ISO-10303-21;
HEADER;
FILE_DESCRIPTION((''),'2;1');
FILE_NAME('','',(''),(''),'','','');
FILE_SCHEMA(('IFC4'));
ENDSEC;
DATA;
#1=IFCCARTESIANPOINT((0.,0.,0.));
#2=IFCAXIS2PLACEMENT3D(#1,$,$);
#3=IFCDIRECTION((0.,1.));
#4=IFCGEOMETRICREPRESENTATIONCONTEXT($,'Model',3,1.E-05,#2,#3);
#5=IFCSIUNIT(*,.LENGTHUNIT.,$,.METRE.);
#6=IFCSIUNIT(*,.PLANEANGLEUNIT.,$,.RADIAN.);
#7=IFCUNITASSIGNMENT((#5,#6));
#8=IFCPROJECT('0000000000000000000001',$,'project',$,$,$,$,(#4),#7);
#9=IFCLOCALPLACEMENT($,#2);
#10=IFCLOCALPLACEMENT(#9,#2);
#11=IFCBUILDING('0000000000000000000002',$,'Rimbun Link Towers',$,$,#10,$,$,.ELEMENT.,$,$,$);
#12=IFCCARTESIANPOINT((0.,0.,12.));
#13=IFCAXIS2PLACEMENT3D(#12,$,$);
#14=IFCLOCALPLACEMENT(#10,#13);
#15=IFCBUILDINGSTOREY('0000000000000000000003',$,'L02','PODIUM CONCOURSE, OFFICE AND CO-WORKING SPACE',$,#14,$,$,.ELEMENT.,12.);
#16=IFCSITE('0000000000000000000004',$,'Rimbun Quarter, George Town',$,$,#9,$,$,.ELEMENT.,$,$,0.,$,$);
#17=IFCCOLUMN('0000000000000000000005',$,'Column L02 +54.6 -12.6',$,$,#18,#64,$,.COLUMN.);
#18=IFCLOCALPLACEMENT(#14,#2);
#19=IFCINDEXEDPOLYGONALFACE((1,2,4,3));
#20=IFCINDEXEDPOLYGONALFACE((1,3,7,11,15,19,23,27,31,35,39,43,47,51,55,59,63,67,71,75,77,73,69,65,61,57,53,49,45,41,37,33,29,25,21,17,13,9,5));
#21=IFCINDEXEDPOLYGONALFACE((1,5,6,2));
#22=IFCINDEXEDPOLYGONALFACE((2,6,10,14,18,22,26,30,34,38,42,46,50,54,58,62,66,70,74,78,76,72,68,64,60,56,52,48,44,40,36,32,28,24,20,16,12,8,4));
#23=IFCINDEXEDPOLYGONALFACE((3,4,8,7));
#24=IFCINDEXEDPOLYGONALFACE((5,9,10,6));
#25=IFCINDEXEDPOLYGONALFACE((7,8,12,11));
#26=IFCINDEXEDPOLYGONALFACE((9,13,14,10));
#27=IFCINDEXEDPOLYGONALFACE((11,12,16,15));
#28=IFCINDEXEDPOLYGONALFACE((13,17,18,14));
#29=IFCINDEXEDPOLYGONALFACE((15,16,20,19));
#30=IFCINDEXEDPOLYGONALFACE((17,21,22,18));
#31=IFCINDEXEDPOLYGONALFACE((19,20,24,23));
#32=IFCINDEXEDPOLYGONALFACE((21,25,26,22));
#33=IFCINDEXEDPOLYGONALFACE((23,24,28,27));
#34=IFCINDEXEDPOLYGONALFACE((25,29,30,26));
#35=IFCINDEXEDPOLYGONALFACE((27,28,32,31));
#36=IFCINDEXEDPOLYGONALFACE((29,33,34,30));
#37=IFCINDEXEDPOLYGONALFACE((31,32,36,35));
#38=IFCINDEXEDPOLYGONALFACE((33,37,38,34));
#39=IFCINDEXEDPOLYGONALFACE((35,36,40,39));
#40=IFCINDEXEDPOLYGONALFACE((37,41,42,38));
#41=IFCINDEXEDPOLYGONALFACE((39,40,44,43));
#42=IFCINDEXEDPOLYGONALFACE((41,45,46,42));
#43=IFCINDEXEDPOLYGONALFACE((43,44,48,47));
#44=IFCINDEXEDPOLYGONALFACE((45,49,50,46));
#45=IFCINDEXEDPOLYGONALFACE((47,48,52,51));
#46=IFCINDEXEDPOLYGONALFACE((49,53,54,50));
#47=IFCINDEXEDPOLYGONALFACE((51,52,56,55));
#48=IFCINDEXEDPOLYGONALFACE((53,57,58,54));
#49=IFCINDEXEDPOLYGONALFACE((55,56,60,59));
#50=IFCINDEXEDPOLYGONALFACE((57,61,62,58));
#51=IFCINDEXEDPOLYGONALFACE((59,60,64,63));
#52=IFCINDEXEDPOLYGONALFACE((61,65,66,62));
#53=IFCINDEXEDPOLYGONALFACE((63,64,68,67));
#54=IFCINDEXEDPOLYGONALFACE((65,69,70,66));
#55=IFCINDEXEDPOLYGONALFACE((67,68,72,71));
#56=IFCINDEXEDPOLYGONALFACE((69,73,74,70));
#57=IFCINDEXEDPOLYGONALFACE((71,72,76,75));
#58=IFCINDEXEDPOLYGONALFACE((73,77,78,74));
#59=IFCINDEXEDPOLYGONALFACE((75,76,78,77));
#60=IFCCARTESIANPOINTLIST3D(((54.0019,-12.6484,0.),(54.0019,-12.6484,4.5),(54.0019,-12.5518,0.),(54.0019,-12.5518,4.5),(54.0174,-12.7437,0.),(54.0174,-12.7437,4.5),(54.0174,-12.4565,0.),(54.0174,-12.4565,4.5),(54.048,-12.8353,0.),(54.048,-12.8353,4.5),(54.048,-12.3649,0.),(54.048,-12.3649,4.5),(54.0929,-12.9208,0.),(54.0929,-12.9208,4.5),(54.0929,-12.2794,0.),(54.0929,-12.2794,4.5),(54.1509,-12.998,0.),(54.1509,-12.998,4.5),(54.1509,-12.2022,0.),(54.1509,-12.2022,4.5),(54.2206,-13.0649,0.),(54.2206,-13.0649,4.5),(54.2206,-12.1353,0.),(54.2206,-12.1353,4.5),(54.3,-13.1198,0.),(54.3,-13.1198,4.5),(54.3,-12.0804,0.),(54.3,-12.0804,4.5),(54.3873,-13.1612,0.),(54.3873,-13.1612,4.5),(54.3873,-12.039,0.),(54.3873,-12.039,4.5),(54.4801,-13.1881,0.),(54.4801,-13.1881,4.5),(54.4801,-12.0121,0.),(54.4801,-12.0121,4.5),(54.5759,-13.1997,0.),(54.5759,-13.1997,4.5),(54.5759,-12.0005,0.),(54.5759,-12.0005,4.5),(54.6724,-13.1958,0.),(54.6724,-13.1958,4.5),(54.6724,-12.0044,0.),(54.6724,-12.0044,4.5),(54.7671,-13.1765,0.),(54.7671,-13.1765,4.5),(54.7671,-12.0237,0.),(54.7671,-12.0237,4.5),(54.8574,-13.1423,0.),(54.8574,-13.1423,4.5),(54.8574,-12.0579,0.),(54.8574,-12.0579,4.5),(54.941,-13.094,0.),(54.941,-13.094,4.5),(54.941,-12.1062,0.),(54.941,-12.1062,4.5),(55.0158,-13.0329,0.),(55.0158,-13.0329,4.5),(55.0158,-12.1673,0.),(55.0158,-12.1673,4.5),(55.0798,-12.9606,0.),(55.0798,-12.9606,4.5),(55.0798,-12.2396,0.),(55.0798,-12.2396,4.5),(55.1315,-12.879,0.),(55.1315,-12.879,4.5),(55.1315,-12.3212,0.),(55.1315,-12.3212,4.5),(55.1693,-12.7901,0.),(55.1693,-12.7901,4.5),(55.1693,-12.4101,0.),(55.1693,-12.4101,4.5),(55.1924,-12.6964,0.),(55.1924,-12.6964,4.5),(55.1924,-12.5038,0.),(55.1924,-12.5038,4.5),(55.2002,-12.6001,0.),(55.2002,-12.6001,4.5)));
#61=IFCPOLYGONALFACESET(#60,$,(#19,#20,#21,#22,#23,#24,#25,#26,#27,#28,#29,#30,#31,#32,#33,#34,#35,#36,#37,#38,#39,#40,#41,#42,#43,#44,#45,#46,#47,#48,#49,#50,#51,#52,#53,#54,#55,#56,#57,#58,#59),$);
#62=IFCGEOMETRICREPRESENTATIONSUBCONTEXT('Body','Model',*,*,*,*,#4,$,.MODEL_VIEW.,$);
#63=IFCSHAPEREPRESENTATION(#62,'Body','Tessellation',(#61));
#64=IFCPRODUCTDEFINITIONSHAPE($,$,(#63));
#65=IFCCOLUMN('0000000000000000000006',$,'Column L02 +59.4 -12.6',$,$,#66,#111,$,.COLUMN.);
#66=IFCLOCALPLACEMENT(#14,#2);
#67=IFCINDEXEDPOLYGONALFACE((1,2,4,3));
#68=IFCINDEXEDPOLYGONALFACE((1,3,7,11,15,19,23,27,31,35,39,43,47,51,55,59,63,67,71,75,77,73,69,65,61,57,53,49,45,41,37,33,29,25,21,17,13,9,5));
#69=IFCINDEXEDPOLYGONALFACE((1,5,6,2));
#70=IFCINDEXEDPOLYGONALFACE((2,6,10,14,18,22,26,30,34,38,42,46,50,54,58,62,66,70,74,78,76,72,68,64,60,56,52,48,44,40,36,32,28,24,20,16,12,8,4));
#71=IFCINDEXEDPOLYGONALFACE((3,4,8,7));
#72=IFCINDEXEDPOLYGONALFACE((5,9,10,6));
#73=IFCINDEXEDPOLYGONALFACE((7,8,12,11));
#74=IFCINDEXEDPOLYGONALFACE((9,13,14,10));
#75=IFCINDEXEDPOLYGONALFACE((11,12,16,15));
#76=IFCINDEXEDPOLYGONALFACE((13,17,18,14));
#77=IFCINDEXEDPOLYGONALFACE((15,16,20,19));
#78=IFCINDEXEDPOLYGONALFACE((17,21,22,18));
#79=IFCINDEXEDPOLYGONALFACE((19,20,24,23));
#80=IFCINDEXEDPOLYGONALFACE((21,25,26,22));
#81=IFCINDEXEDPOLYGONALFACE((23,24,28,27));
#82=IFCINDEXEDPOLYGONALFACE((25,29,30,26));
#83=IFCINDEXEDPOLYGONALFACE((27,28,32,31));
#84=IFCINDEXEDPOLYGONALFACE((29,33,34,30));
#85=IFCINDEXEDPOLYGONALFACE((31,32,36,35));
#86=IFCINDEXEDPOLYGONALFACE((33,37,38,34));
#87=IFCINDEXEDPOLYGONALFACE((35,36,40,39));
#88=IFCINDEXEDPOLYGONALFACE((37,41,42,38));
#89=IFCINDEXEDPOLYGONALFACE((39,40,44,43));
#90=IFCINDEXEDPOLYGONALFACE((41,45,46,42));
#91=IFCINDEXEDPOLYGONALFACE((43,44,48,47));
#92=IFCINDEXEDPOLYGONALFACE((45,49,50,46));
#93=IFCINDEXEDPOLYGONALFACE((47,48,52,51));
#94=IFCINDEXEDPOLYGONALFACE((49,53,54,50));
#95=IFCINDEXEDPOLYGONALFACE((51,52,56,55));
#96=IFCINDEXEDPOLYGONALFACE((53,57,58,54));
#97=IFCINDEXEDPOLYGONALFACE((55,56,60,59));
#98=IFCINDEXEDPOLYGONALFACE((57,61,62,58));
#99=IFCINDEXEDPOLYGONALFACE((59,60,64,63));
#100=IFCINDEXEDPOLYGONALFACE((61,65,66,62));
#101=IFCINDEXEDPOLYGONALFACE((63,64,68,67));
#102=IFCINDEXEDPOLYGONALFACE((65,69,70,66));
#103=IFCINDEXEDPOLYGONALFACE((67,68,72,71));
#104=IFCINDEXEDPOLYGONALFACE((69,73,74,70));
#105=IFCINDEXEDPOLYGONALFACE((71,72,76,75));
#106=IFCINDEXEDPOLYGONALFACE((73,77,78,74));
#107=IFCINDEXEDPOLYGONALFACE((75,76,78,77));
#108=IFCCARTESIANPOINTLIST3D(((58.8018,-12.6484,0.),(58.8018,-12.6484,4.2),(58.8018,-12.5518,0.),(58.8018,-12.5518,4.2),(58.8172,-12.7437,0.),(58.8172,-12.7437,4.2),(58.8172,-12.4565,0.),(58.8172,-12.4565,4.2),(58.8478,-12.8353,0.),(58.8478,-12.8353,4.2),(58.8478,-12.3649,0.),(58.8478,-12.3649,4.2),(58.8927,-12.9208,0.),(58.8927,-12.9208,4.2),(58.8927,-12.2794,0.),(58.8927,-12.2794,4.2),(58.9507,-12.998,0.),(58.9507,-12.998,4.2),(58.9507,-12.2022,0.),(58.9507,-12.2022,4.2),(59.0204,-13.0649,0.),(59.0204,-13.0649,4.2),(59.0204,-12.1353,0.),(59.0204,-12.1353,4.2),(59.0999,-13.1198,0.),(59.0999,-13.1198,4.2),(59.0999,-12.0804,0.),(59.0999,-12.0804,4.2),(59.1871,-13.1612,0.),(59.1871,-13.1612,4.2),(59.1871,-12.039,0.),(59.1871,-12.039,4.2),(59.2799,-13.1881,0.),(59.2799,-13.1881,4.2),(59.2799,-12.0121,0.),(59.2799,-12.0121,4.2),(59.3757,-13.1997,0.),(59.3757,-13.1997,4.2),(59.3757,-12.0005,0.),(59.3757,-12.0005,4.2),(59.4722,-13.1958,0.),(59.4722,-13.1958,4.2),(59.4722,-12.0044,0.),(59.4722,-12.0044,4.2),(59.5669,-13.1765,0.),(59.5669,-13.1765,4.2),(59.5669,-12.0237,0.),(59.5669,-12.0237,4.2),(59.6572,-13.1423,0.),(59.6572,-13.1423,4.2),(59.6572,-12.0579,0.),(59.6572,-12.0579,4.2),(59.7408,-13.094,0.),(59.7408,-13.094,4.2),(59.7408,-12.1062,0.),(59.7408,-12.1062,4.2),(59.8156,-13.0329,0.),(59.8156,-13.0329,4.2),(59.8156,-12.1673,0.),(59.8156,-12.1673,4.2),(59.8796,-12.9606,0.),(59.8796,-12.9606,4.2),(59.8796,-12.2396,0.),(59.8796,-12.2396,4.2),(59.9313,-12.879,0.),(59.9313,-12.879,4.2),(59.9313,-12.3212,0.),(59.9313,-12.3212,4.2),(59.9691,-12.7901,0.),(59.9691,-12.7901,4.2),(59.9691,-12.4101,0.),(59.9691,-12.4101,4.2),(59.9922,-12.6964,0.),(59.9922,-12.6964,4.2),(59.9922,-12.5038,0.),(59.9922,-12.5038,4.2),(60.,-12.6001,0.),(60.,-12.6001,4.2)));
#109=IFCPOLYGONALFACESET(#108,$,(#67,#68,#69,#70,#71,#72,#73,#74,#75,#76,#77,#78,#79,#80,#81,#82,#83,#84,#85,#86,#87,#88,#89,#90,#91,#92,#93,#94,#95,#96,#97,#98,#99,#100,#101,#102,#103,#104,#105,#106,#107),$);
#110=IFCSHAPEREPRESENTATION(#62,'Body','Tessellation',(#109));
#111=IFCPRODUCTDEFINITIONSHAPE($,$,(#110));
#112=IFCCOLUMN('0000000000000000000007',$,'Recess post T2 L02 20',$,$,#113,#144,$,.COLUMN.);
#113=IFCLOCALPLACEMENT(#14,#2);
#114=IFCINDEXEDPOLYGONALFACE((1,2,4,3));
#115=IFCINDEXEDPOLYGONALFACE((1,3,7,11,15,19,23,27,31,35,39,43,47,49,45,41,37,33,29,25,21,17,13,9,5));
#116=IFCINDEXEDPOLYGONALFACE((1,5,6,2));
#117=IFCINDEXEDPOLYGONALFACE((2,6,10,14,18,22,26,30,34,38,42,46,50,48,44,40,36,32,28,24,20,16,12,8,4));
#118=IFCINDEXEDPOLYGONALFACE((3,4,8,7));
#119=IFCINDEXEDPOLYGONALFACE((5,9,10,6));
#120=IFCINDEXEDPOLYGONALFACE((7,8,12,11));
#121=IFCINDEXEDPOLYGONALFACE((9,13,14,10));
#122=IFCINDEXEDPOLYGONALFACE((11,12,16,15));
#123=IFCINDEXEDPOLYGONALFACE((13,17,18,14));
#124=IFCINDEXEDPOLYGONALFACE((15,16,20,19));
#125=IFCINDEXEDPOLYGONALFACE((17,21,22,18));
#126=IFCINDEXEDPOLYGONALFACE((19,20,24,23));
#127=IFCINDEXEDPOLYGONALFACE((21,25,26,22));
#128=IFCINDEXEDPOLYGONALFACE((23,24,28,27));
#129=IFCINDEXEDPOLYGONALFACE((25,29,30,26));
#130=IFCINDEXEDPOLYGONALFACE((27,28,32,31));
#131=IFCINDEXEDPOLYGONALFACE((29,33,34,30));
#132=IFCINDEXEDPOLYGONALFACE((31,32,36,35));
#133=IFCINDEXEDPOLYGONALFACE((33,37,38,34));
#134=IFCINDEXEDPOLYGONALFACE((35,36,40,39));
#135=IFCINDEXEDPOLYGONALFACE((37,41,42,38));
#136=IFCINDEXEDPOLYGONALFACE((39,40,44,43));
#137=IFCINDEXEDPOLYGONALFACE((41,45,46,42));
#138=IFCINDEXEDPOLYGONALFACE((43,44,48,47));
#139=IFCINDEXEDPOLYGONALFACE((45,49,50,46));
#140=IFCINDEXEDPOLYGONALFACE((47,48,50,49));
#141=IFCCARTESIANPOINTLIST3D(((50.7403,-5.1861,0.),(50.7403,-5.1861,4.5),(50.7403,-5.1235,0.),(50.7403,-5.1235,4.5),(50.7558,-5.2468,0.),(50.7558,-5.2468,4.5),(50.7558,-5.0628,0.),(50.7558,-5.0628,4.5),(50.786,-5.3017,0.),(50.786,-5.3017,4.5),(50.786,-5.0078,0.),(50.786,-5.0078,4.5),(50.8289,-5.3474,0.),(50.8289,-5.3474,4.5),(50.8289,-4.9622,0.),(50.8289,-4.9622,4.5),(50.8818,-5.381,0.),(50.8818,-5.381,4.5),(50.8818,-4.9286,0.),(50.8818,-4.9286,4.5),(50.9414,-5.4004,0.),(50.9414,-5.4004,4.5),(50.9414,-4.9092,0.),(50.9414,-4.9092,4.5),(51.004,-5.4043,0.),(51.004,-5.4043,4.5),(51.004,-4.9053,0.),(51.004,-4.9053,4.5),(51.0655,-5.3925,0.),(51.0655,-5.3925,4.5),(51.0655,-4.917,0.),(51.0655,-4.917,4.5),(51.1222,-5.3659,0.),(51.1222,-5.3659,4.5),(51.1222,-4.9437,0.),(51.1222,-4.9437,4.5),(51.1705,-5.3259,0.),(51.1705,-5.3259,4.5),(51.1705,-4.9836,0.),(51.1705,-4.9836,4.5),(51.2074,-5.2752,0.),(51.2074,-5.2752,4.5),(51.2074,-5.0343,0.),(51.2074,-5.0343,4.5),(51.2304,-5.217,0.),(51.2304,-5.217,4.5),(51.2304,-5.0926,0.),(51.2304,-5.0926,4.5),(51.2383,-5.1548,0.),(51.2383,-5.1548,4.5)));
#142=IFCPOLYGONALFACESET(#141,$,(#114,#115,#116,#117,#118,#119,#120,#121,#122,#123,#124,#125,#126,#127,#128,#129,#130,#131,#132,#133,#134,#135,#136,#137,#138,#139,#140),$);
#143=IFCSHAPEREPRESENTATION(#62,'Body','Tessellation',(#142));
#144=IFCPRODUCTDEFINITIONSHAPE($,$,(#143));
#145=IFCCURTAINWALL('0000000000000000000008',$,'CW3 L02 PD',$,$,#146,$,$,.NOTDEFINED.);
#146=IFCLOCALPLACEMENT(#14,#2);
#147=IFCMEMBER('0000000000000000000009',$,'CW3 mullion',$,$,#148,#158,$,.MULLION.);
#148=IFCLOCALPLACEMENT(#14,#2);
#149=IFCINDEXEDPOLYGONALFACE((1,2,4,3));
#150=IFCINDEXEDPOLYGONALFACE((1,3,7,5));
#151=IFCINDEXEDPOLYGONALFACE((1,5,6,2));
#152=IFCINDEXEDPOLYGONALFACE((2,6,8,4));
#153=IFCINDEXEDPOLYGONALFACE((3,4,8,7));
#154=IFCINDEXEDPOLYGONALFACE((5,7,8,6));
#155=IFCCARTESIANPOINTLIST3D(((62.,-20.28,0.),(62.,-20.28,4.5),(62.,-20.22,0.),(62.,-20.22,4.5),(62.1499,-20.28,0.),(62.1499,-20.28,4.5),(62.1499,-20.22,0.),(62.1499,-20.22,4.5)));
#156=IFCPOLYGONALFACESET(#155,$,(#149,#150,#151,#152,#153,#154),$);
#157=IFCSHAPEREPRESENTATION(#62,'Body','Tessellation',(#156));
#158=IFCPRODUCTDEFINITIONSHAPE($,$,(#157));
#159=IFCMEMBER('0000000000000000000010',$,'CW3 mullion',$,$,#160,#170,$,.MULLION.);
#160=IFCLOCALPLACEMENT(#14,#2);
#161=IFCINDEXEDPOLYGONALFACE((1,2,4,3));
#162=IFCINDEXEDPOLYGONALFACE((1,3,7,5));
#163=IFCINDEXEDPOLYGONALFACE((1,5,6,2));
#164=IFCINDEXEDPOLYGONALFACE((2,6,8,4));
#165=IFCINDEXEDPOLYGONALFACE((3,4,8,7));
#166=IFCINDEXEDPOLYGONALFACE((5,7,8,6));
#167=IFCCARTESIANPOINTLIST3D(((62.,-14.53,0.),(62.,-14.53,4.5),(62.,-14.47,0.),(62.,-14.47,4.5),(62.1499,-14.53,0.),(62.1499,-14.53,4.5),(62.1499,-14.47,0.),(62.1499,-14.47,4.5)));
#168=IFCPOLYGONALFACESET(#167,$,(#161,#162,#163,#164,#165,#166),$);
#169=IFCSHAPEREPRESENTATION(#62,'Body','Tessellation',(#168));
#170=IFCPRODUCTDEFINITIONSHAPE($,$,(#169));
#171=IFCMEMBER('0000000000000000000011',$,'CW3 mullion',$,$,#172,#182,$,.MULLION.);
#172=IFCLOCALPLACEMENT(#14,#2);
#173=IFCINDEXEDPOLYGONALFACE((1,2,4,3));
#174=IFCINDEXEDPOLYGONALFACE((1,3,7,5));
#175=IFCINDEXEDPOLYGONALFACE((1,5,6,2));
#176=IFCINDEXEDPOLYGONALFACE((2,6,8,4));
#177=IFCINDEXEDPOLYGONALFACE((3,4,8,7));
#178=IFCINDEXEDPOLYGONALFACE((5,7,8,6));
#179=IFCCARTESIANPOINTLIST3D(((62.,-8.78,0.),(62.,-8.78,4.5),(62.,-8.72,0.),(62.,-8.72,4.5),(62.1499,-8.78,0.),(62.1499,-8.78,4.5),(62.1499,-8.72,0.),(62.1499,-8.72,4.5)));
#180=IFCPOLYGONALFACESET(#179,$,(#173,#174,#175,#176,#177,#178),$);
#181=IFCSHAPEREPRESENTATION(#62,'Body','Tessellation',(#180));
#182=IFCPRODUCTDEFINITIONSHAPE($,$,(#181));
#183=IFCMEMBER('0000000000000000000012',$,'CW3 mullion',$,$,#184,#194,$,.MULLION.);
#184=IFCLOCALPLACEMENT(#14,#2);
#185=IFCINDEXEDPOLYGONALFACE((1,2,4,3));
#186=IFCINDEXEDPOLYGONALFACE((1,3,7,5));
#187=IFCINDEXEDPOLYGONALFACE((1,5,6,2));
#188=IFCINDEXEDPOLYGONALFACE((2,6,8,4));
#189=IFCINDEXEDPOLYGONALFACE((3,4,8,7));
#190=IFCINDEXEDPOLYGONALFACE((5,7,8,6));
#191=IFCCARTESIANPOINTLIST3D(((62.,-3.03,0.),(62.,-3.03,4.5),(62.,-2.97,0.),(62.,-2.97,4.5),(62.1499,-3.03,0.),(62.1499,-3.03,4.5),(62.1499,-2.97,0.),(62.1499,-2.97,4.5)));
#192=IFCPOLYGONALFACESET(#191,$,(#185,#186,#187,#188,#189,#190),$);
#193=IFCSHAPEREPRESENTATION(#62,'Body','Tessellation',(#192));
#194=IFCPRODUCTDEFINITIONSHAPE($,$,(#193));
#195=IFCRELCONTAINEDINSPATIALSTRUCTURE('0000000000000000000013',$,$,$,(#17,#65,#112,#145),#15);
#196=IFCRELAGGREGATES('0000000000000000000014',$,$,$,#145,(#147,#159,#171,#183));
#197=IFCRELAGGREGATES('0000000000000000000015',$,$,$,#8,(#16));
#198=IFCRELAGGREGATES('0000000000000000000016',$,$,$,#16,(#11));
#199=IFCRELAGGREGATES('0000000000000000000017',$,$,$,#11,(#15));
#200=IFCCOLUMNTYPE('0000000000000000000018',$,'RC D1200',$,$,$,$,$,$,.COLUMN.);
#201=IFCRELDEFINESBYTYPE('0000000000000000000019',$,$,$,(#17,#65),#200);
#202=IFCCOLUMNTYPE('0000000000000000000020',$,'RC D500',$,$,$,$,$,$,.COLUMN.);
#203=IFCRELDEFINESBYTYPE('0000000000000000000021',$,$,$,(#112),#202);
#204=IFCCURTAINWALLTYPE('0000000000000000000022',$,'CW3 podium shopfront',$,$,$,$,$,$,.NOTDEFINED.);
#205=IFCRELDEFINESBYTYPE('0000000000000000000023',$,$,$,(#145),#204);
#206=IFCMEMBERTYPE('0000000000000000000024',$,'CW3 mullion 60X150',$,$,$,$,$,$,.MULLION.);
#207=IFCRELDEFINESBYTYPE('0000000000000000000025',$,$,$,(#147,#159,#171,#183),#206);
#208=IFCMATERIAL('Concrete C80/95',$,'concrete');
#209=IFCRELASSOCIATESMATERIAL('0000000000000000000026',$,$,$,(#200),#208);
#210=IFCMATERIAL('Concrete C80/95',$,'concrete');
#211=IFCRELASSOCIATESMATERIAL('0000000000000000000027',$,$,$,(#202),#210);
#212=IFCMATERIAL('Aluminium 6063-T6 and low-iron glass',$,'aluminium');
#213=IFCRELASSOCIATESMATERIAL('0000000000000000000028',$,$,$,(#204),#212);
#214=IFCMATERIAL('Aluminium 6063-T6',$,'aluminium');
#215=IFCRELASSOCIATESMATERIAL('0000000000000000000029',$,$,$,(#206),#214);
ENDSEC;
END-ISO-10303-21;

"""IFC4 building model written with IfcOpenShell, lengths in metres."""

from ifc_helpers import new_model, si_unit, direction, frame, origin, origin_2d, place, context, subcontext, project, spatial, rectangle, circle, extrude, material, material_profile, profile_set, type_object, element, aggregate, save


model = new_model("IFC4")

# Units and contexts
model_context = context("Model", 3, precision=1e-05, world=origin(), true_north=direction((0.0, 1.0)))
body_context = subcontext(model_context, "Body", "Model", "MODEL_VIEW")
ifc_project = project(units=[si_unit("LENGTHUNIT", "METRE"), si_unit("PLANEANGLEUNIT", "RADIAN")], contexts=[model_context])

# Site, building, storey
site_placement = place(None, origin())
site = spatial("IfcSite", under=ifc_project, at=site_placement, Name="Rimbun Quarter, George Town", CompositionType="ELEMENT", RefElevation=0.0)
building_placement = place(site_placement, origin())
building = spatial("IfcBuilding", under=site, at=building_placement, Name="Rimbun Link Towers", CompositionType="ELEMENT")
storey_placement = place(building_placement, frame((0.0, 0.0, 12.0)))
storey = spatial("IfcBuildingStorey", under=building, at=storey_placement, Name="L02", Description="PODIUM CONCOURSE, OFFICE AND CO-WORKING SPACE", CompositionType="ELEMENT", Elevation=12.0)

# Columns
ifc_material_1 = material(Name="Concrete C80/95", Category="concrete")
ifc_material_profile_1 = material_profile(ifc_material_1, circle(Radius=0.6001, at=origin_2d()), Name="RC D1200")
ifc_profile_set_1 = profile_set([ifc_material_profile_1], Name="Concrete C80/95")
column_type_1 = type_object("IfcColumnType", Name="RC D1200", PredefinedType="COLUMN", material=ifc_profile_set_1)
column_1_placement = place(storey_placement, frame((54.6001, -12.6001, 0.0), z_axis=(0.0, 0.0, 1.0), x_axis=(1.0, 0.0, 0.0)))
element("IfcColumn", 1, at=column_1_placement, inside=storey, type_object=column_type_1, Name="Column L02 +54.6 -12.6", PredefinedType="COLUMN", context=body_context, shape_type="SweptSolid", body=[
    extrude(circle(Radius=0.6001, at=origin_2d()), origin(), (0.0, 0.0, 1.0), 4.5),
])
column_2_placement = place(storey_placement, frame((59.3999, -12.6001, 0.0), z_axis=(0.0, 0.0, 1.0), x_axis=(1.0, 0.0, 0.0)))
element("IfcColumn", 2, at=column_2_placement, inside=storey, type_object=column_type_1, Name="Column L02 +59.4 -12.6", PredefinedType="COLUMN", context=body_context, shape_type="SweptSolid", body=[
    extrude(circle(Radius=0.6001, at=origin_2d()), origin(), (0.0, 0.0, 1.0), 4.2),
])
ifc_material_2 = material(Name="Concrete C80/95", Category="concrete")
ifc_material_profile_2 = material_profile(ifc_material_2, circle(Radius=0.25, at=origin_2d()), Name="RC D500")
ifc_profile_set_2 = profile_set([ifc_material_profile_2], Name="Concrete C80/95")
column_type_2 = type_object("IfcColumnType", Name="RC D500", PredefinedType="COLUMN", material=ifc_profile_set_2)
column_3_placement = place(storey_placement, frame((50.9883, -5.1548, 0.0), z_axis=(0.0, 0.0, 1.0), x_axis=(1.0, 0.0, 0.0)))
element("IfcColumn", 3, at=column_3_placement, inside=storey, type_object=column_type_2, Name="Recess post T2 L02 20", PredefinedType="COLUMN", context=body_context, shape_type="SweptSolid", body=[
    extrude(circle(Radius=0.25, at=origin_2d()), origin(), (0.0, 0.0, 1.0), 4.5),
])

# Curtain wall, members
ifc_material_3 = material(Name="Aluminium 6063-T6 and low-iron glass", Category="aluminium")
curtain_wall_type = type_object("IfcCurtainWallType", Name="CW3 podium shopfront", PredefinedType="NOTDEFINED", material=ifc_material_3)
curtain_wall_placement = place(storey_placement, origin())
curtain_wall = element("IfcCurtainWall", 4, at=curtain_wall_placement, inside=storey, type_object=curtain_wall_type, Name="CW3 L02 PD", PredefinedType="NOTDEFINED")
ifc_material_4 = material(Name="Aluminium 6063-T6", Category="aluminium")
ifc_material_profile_3 = material_profile(ifc_material_4, rectangle(XDim=0.1499, YDim=0.0601, at=origin_2d()), Name="MULLION 60X150")
ifc_profile_set_3 = profile_set([ifc_material_profile_3], Name="Aluminium 6063-T6")
member_type_1 = type_object("IfcMemberType", Name="CW3 mullion 60X150", PredefinedType="MULLION", material=ifc_profile_set_3)
member_1_placement = place(storey_placement, frame((62.075, -20.25, 0.0), z_axis=(0.0, 0.0, 1.0), x_axis=(1.0, 0.0, 0.0)))
member_1 = element("IfcMember", 5, at=member_1_placement, type_object=member_type_1, Name="CW3 mullion", PredefinedType="MULLION", context=body_context, shape_type="SweptSolid", body=[
    extrude(rectangle(XDim=0.1499, YDim=0.0601, at=origin_2d()), origin(), (0.0, 0.0, 1.0), 4.5),
])
member_2_placement = place(storey_placement, frame((62.075, -14.5, 0.0), z_axis=(0.0, 0.0, 1.0), x_axis=(1.0, 0.0, 0.0)))
member_2 = element("IfcMember", 6, at=member_2_placement, type_object=member_type_1, Name="CW3 mullion", PredefinedType="MULLION", context=body_context, shape_type="SweptSolid", body=[
    extrude(rectangle(XDim=0.1499, YDim=0.0601, at=origin_2d()), origin(), (0.0, 0.0, 1.0), 4.5),
])
member_3_placement = place(storey_placement, frame((62.075, -8.75, 0.0), z_axis=(0.0, 0.0, 1.0), x_axis=(1.0, 0.0, 0.0)))
member_3 = element("IfcMember", 7, at=member_3_placement, type_object=member_type_1, Name="CW3 mullion", PredefinedType="MULLION", context=body_context, shape_type="SweptSolid", body=[
    extrude(rectangle(XDim=0.1499, YDim=0.0601, at=origin_2d()), origin(), (0.0, 0.0, 1.0), 4.5),
])
member_4_placement = place(storey_placement, frame((62.075, -3.0, 0.0), z_axis=(0.0, 0.0, 1.0), x_axis=(1.0, 0.0, 0.0)))
member_4 = element("IfcMember", 8, at=member_4_placement, type_object=member_type_1, Name="CW3 mullion", PredefinedType="MULLION", context=body_context, shape_type="SweptSolid", body=[
    extrude(rectangle(XDim=0.1499, YDim=0.0601, at=origin_2d()), origin(), (0.0, 0.0, 1.0), 4.5),
])

aggregate(curtain_wall, [member_1, member_2, member_3, member_4])

save(model, "model.ifc")
